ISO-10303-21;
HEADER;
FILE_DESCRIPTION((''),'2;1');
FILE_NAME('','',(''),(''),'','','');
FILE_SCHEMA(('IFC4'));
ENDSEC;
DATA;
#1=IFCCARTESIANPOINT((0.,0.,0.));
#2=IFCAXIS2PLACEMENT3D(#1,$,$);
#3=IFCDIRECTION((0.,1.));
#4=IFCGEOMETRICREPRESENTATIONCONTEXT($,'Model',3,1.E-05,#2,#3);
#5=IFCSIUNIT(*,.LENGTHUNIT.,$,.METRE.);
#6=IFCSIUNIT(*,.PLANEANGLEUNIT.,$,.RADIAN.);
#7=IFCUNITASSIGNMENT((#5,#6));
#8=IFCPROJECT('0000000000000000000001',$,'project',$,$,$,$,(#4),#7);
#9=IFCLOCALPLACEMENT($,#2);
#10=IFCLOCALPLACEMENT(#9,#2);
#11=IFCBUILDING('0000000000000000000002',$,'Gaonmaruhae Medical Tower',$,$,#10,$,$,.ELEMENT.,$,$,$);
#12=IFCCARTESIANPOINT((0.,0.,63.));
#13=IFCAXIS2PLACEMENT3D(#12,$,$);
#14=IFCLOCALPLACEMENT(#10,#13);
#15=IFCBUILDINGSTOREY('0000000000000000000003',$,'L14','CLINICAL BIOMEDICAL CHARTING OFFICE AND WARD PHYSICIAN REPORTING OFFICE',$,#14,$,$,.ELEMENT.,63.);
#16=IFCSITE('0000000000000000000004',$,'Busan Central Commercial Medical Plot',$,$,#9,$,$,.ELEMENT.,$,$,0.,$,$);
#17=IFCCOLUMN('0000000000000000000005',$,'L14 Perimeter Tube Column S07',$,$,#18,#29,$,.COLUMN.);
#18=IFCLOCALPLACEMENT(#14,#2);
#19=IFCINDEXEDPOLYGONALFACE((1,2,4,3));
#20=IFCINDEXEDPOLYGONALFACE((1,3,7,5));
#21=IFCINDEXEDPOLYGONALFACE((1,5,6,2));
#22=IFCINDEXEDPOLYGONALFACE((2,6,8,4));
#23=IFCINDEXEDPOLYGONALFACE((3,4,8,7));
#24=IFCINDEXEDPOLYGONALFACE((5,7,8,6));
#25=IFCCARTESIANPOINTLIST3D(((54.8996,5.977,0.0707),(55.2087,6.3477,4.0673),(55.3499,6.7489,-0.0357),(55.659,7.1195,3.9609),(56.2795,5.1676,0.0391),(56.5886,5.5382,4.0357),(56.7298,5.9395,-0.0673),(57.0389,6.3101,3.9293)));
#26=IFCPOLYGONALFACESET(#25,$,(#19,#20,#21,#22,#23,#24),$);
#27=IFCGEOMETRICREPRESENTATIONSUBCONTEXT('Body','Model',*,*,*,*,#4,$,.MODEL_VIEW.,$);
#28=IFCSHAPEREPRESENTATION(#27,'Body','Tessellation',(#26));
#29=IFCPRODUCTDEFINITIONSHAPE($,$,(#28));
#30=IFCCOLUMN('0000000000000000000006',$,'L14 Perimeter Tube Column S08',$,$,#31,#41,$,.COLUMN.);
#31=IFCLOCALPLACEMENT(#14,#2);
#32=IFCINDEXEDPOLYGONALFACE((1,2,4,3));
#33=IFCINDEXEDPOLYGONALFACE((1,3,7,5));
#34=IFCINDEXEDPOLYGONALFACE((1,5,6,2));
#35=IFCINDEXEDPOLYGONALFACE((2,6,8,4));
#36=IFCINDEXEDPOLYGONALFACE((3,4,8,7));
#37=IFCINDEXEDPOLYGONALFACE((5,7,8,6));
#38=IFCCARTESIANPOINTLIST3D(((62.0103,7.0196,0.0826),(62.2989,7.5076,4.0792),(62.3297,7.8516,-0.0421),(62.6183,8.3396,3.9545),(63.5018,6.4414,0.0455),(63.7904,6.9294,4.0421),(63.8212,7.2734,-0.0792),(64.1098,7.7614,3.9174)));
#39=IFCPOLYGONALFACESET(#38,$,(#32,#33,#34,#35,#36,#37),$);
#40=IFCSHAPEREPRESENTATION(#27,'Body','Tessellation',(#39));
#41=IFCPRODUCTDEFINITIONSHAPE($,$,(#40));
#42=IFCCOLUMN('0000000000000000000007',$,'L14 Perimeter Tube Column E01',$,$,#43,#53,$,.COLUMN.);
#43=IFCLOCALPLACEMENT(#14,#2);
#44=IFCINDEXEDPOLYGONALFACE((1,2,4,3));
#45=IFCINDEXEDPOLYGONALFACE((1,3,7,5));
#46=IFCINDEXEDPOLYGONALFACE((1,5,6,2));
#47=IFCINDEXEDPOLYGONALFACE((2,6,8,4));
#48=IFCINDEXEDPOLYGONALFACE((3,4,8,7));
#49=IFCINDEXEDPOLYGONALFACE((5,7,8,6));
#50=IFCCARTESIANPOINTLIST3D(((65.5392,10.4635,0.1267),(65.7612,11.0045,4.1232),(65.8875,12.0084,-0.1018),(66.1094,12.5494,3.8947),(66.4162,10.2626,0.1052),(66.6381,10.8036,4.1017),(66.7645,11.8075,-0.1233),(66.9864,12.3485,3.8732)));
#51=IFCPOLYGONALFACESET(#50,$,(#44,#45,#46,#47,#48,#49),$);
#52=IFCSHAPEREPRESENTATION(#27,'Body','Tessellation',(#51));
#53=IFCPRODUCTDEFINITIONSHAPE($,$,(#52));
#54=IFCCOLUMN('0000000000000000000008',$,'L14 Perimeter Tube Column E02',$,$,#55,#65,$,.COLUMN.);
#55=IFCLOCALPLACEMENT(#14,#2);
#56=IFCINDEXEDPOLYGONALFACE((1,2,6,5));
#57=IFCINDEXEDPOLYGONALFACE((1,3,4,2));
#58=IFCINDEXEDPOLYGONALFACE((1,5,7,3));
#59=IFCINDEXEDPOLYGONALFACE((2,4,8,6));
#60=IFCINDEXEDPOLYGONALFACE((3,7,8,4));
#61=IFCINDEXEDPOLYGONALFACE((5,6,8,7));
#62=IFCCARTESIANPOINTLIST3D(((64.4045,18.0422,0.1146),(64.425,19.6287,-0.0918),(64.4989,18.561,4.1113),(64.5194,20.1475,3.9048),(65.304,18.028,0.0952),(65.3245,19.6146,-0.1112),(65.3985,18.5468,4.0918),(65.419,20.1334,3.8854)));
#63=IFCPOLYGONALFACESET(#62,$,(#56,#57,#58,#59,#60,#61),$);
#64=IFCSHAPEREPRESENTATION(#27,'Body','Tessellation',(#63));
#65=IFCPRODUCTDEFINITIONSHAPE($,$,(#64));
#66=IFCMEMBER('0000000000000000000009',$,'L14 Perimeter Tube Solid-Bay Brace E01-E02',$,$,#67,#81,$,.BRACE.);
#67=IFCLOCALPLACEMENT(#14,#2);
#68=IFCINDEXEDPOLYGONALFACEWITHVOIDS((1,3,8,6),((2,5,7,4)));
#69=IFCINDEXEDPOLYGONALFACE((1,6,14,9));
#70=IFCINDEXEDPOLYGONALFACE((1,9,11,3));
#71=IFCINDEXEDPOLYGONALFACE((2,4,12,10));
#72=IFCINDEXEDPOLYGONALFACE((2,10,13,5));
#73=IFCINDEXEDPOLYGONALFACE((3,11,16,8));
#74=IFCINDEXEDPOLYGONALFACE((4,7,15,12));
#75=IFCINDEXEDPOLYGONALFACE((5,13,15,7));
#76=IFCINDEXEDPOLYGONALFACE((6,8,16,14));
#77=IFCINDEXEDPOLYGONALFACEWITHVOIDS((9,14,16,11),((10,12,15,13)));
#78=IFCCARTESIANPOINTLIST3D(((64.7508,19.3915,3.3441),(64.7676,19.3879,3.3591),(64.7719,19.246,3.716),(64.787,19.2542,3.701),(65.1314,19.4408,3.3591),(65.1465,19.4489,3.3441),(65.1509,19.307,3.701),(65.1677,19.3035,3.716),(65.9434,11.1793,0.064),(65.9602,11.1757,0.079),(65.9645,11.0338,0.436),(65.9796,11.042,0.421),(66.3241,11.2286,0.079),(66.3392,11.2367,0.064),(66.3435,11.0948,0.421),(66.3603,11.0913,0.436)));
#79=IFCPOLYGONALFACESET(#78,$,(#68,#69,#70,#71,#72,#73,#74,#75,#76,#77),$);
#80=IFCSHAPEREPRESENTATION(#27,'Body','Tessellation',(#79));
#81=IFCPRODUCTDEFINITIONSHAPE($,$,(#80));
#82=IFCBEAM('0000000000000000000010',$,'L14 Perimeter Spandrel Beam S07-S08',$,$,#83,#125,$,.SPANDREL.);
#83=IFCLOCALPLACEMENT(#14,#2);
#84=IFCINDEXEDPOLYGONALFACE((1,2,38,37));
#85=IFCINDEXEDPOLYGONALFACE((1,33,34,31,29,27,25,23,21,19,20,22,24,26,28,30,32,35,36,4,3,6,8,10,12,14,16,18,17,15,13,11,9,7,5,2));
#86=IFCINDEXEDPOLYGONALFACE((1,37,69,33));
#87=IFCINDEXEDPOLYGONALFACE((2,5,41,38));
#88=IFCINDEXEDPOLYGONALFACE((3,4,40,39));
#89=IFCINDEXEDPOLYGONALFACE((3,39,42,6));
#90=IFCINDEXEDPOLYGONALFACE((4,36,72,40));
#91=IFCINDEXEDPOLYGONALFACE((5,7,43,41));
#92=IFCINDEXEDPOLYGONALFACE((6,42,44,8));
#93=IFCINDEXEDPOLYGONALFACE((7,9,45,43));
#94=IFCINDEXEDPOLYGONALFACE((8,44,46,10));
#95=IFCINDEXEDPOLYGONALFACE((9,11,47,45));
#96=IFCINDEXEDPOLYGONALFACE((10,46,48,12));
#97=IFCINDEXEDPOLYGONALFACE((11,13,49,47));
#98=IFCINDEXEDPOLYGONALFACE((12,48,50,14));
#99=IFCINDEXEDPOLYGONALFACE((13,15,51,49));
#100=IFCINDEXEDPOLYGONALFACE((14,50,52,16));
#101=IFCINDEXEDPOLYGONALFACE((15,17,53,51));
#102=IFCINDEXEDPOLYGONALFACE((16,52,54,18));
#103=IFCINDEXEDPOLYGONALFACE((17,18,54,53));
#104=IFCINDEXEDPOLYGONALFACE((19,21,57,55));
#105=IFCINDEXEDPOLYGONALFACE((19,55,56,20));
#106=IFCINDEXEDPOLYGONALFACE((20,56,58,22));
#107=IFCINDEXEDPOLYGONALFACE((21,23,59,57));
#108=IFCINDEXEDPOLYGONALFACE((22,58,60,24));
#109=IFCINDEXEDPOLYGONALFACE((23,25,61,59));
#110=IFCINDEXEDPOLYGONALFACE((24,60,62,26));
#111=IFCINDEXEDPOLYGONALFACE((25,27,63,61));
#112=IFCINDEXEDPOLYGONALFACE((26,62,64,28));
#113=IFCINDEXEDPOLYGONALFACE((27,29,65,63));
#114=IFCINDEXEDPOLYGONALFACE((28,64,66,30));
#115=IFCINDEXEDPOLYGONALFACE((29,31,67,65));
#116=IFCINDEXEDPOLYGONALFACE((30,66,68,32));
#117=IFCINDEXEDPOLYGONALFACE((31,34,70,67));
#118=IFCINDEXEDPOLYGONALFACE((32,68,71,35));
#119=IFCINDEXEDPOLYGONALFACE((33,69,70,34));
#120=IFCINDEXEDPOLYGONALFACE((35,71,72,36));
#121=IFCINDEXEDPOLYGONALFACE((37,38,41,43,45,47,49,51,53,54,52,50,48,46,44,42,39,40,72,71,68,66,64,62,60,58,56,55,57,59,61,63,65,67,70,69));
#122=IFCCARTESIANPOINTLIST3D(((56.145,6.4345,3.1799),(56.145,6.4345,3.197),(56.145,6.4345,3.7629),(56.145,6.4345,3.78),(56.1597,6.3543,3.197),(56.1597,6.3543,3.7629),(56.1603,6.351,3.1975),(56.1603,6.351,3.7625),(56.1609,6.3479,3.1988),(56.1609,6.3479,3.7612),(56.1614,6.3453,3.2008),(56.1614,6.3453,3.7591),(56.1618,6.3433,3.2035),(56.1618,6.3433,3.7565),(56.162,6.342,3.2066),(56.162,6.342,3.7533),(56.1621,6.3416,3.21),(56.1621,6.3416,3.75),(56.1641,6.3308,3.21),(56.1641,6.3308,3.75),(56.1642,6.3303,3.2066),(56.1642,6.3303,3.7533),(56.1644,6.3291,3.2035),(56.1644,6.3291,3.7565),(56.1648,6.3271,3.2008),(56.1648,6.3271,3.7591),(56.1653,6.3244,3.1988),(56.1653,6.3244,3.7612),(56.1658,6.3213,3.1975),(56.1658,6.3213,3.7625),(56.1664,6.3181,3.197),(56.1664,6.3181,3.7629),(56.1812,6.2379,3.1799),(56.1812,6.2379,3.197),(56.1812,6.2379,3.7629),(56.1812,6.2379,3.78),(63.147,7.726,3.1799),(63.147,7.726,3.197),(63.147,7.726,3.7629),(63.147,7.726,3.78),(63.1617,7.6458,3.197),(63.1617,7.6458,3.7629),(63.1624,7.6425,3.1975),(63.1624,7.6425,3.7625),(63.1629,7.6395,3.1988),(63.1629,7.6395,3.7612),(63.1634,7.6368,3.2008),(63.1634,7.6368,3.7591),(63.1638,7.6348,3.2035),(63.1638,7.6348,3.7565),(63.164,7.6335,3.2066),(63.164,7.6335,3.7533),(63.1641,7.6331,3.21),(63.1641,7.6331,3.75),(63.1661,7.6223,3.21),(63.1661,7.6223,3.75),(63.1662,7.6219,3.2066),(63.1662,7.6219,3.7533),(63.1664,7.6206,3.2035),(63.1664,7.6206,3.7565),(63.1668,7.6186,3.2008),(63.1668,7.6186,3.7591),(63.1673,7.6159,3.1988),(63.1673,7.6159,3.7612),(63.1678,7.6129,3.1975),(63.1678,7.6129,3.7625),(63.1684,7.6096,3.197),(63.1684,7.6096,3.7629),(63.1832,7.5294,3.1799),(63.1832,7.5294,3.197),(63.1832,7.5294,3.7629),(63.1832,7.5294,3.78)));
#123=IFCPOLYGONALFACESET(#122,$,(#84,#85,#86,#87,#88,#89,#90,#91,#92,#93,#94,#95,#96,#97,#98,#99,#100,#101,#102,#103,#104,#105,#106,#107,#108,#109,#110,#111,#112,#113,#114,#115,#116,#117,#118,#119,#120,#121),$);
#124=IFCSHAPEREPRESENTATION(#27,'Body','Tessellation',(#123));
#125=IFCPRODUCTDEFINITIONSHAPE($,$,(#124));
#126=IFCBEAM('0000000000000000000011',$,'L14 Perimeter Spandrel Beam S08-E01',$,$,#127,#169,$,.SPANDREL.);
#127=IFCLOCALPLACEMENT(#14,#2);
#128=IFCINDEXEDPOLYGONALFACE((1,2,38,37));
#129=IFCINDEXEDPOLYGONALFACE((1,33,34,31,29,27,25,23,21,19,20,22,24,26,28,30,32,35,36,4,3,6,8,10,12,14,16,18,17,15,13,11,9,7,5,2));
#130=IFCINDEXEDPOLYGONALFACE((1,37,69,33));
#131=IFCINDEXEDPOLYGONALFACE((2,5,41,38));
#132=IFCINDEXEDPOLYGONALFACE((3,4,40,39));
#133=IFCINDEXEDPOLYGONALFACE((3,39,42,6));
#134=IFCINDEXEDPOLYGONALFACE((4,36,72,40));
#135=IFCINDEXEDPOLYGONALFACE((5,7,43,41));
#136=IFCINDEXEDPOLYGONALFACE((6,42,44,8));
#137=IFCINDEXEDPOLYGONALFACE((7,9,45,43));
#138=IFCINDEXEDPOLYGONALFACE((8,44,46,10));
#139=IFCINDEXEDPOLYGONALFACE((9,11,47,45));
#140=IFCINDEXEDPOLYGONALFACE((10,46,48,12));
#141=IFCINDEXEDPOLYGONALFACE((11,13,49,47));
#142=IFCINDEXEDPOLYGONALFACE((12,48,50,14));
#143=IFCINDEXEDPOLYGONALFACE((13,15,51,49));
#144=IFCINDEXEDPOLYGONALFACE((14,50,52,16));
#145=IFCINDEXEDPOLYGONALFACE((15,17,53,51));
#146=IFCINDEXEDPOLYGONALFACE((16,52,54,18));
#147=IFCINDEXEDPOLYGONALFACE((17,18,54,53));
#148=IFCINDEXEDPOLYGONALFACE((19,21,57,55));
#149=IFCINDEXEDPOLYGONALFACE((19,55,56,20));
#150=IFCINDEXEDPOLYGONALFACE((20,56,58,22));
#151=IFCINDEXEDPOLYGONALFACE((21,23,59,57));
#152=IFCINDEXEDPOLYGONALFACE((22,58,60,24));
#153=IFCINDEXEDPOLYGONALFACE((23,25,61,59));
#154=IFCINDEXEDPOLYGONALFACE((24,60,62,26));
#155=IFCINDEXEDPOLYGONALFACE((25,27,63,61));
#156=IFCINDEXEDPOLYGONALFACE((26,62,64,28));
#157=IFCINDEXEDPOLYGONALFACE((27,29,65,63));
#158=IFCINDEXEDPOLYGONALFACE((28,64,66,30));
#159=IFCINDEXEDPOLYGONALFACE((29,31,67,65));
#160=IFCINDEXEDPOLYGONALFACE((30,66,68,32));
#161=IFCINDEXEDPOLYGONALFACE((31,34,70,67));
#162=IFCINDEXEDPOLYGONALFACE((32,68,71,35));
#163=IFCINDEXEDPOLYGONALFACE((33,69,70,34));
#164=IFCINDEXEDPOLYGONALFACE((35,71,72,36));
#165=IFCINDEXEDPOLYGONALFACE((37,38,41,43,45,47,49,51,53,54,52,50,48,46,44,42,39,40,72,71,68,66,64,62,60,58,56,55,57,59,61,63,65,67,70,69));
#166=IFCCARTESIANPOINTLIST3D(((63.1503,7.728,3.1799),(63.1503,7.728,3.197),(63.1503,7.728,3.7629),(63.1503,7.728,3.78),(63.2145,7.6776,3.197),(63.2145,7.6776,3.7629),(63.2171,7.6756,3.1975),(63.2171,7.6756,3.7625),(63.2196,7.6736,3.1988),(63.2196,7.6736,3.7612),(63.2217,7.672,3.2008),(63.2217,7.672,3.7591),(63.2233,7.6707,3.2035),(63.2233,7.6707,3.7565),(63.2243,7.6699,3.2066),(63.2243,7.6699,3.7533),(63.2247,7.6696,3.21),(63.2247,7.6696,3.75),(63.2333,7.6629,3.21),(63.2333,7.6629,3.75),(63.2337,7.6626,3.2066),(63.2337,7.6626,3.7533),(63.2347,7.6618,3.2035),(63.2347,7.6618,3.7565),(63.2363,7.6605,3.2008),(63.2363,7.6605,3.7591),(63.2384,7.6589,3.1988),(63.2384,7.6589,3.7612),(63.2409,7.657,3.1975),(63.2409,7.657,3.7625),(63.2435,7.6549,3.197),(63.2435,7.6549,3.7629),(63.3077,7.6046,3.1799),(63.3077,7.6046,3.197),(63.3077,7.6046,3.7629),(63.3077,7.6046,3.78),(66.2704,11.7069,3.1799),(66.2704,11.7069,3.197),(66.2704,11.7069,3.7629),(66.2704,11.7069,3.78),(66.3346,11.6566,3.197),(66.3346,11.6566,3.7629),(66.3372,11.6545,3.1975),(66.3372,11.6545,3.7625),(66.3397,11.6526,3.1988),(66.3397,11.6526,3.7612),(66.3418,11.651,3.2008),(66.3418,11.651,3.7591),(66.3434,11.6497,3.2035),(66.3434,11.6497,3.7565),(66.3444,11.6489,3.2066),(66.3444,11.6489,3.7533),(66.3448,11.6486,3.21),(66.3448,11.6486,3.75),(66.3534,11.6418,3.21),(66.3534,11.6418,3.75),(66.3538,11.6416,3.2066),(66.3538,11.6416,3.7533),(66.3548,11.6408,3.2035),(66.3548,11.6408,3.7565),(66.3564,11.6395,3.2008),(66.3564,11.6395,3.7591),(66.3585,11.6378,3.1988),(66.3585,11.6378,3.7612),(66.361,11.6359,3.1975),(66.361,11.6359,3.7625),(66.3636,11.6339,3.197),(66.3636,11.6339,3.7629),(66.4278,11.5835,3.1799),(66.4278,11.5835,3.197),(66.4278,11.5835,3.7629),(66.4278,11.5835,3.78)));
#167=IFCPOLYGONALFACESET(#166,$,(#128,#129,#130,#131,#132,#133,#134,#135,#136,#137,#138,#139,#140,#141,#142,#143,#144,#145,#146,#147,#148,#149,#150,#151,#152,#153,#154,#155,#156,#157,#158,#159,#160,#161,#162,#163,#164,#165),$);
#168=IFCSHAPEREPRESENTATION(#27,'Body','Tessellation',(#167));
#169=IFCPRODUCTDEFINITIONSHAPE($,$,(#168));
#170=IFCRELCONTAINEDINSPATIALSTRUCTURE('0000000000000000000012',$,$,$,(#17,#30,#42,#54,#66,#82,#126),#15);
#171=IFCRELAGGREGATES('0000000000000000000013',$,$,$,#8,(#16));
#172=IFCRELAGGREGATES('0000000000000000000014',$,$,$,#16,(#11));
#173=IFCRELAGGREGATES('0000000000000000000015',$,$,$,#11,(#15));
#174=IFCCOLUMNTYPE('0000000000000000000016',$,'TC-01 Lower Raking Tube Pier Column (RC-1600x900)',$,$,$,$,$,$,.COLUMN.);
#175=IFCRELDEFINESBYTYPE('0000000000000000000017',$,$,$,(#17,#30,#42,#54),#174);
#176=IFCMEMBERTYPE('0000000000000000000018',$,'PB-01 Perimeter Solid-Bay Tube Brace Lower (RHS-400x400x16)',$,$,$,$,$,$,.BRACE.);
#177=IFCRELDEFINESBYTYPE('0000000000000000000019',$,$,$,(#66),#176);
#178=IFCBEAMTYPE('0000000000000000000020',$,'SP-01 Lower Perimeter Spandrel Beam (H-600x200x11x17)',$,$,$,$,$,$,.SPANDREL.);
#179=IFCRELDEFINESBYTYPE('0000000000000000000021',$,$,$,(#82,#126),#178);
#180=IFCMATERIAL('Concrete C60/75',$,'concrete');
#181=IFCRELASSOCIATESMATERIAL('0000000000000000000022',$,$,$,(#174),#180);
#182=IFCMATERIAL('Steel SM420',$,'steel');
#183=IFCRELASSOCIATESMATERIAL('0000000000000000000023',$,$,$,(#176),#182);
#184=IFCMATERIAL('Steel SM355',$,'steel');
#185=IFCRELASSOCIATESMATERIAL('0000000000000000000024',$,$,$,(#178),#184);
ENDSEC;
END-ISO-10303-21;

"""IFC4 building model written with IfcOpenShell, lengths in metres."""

from ifc_helpers import new_model, si_unit, direction, frame, origin, origin_2d, place, context, subcontext, project, spatial, rectangle, hollow_rectangle, i_section, extrude, material, material_profile, profile_set, type_object, element, save


model = new_model("IFC4")

# Units and contexts
model_context = context("Model", 3, precision=1e-05, world=origin(), true_north=direction((0.0, 1.0)))
body_context = subcontext(model_context, "Body", "Model", "MODEL_VIEW")
ifc_project = project(units=[si_unit("LENGTHUNIT", "METRE"), si_unit("PLANEANGLEUNIT", "RADIAN")], contexts=[model_context])

# Site, building, storey
site_placement = place(None, origin())
site = spatial("IfcSite", under=ifc_project, at=site_placement, Name="Busan Central Commercial Medical Plot", CompositionType="ELEMENT", RefElevation=0.0)
building_placement = place(site_placement, origin())
building = spatial("IfcBuilding", under=site, at=building_placement, Name="Gaonmaruhae Medical Tower", CompositionType="ELEMENT")
storey_placement = place(building_placement, frame((0.0, 0.0, 63.0)))
storey = spatial("IfcBuildingStorey", under=building, at=storey_placement, Name="L14", Description="CLINICAL BIOMEDICAL CHARTING OFFICE AND WARD PHYSICIAN REPORTING OFFICE", CompositionType="ELEMENT", Elevation=63.0)

# Columns
ifc_material_1 = material(Name="Concrete C60/75", Category="concrete")
ifc_material_profile_1 = material_profile(ifc_material_1, rectangle(XDim=1.6001, YDim=0.8999, at=origin_2d()), Name="RC-1600x900")
ifc_profile_set_1 = profile_set([ifc_material_profile_1], Name="Concrete C60/75")
column_type = type_object("IfcColumnType", Name="TC-01 Lower Raking Tube Pier Column (RC-1600x900)", PredefinedType="COLUMN", material=ifc_profile_set_1)
column_1_placement = place(storey_placement, frame((55.8147, 5.9583, 0.0017), z_axis=(0.076779, 0.092062, 0.992789), x_axis=(-0.862388, 0.505861, 0.019785)))
element("IfcColumn", 1, at=column_1_placement, inside=storey, type_object=column_type, Name="L14 Perimeter Tube Column S07", PredefinedType="COLUMN", context=body_context, shape_type="SweptSolid", body=[
    extrude(rectangle(XDim=1.6001, YDim=0.8999, at=origin_2d()), origin(), (0.0, 0.0, 1.0), 4.0256),
])
column_2_placement = place(storey_placement, frame((62.9158, 7.1465, 0.0017), z_axis=(0.071489, 0.120903, 0.990087), x_axis=(-0.932148, 0.361334, 0.023182)))
element("IfcColumn", 2, at=column_2_placement, inside=storey, type_object=column_type, Name="L14 Perimeter Tube Column S08", PredefinedType="COLUMN", context=body_context, shape_type="SweptSolid", body=[
    extrude(rectangle(XDim=1.6001, YDim=0.8999, at=origin_2d()), origin(), (0.0, 0.0, 1.0), 4.0366),
])
column_3_placement = place(storey_placement, frame((66.1519, 11.1355, 0.0017), z_axis=(0.054943, 0.133943, 0.989465), x_axis=(-0.217662, -0.965523, 0.142789)))
element("IfcColumn", 3, at=column_3_placement, inside=storey, type_object=column_type, Name="L14 Perimeter Tube Column E01", PredefinedType="COLUMN", context=body_context, shape_type="SweptSolid", body=[
    extrude(rectangle(XDim=1.6001, YDim=0.8999, at=origin_2d()), origin(), (0.0, 0.0, 1.0), 4.0391),
])
column_4_placement = place(storey_placement, frame((64.8645, 18.8284, 0.0017), z_axis=(0.023438, 0.128695, 0.991407), x_axis=(-0.012818, -0.991559, 0.129018)))
element("IfcColumn", 4, at=column_4_placement, inside=storey, type_object=column_type, Name="L14 Perimeter Tube Column E02", PredefinedType="COLUMN", context=body_context, shape_type="SweptSolid", body=[
    extrude(rectangle(XDim=1.6001, YDim=0.8999, at=origin_2d()), origin(), (0.0, 0.0, 1.0), 4.0312),
])

# Member
ifc_material_2 = material(Name="Steel SM420", Category="steel")
ifc_material_profile_2 = material_profile(ifc_material_2, hollow_rectangle(XDim=0.3999, YDim=0.3999, WallThickness=0.0161, at=origin_2d()), Name="RHS-400x400x16")
ifc_profile_set_2 = profile_set([ifc_material_profile_2], Name="Steel SM420")
member_type = type_object("IfcMemberType", Name="PB-01 Perimeter Solid-Bay Tube Brace Lower (RHS-400x400x16)", PredefinedType="BRACE", material=ifc_profile_set_2)
member_placement = place(storey_placement, frame((66.1519, 11.1353, 0.25), z_axis=(-0.133657, 0.920333, 0.367591), x_axis=(-0.989618, -0.143719, 0.0)))
element("IfcMember", 5, at=member_placement, inside=storey, type_object=member_type, Name="L14 Perimeter Tube Solid-Bay Brace E01-E02", PredefinedType="BRACE", context=body_context, shape_type="SweptSolid", body=[
    extrude(hollow_rectangle(XDim=0.3999, YDim=0.3999, WallThickness=0.0161, at=origin_2d()), origin(), (0.0, 0.0, 1.0), 8.9231),
])

# Beams
ifc_material_3 = material(Name="Steel SM355", Category="steel")
ifc_material_profile_3 = material_profile(ifc_material_3, i_section(OverallWidth=0.2, OverallDepth=0.6001, WebThickness=0.011, FlangeThickness=0.0171, FilletRadius=0.0129, at=origin_2d()), Name="H-600x200x11x17")
ifc_profile_set_3 = profile_set([ifc_material_profile_3], Name="Steel SM355")
beam_type = type_object("IfcBeamType", Name="SP-01 Lower Perimeter Spandrel Beam (H-600x200x11x17)", PredefinedType="SPANDREL", material=ifc_profile_set_3)
beam_1_placement = place(storey_placement, frame((56.1631, 6.3362, 3.48), z_axis=(0.983411, 0.181389, 0.0), x_axis=(-0.181389, 0.983411, 0.0)))
element("IfcBeam", 6, at=beam_1_placement, inside=storey, type_object=beam_type, Name="L14 Perimeter Spandrel Beam S07-S08", PredefinedType="SPANDREL", context=body_context, shape_type="SweptSolid", body=[
    extrude(i_section(OverallWidth=0.2, OverallDepth=0.6001, WebThickness=0.011, FlangeThickness=0.0171, FilletRadius=0.0129, at=origin_2d()), origin(), (0.0, 0.0, 1.0), 7.1201),
])
beam_2_placement = place(storey_placement, frame((63.229, 7.6663, 3.48), z_axis=(0.617058, 0.786918, 0.0), x_axis=(-0.786918, 0.617058, 0.0)))
element("IfcBeam", 7, at=beam_2_placement, inside=storey, type_object=beam_type, Name="L14 Perimeter Spandrel Beam S08-E01", PredefinedType="SPANDREL", context=body_context, shape_type="SweptSolid", body=[
    extrude(i_section(OverallWidth=0.2, OverallDepth=0.6001, WebThickness=0.011, FlangeThickness=0.0171, FilletRadius=0.0129, at=origin_2d()), origin(), (0.0, 0.0, 1.0), 5.0564),
])

save(model, "model.ifc")
